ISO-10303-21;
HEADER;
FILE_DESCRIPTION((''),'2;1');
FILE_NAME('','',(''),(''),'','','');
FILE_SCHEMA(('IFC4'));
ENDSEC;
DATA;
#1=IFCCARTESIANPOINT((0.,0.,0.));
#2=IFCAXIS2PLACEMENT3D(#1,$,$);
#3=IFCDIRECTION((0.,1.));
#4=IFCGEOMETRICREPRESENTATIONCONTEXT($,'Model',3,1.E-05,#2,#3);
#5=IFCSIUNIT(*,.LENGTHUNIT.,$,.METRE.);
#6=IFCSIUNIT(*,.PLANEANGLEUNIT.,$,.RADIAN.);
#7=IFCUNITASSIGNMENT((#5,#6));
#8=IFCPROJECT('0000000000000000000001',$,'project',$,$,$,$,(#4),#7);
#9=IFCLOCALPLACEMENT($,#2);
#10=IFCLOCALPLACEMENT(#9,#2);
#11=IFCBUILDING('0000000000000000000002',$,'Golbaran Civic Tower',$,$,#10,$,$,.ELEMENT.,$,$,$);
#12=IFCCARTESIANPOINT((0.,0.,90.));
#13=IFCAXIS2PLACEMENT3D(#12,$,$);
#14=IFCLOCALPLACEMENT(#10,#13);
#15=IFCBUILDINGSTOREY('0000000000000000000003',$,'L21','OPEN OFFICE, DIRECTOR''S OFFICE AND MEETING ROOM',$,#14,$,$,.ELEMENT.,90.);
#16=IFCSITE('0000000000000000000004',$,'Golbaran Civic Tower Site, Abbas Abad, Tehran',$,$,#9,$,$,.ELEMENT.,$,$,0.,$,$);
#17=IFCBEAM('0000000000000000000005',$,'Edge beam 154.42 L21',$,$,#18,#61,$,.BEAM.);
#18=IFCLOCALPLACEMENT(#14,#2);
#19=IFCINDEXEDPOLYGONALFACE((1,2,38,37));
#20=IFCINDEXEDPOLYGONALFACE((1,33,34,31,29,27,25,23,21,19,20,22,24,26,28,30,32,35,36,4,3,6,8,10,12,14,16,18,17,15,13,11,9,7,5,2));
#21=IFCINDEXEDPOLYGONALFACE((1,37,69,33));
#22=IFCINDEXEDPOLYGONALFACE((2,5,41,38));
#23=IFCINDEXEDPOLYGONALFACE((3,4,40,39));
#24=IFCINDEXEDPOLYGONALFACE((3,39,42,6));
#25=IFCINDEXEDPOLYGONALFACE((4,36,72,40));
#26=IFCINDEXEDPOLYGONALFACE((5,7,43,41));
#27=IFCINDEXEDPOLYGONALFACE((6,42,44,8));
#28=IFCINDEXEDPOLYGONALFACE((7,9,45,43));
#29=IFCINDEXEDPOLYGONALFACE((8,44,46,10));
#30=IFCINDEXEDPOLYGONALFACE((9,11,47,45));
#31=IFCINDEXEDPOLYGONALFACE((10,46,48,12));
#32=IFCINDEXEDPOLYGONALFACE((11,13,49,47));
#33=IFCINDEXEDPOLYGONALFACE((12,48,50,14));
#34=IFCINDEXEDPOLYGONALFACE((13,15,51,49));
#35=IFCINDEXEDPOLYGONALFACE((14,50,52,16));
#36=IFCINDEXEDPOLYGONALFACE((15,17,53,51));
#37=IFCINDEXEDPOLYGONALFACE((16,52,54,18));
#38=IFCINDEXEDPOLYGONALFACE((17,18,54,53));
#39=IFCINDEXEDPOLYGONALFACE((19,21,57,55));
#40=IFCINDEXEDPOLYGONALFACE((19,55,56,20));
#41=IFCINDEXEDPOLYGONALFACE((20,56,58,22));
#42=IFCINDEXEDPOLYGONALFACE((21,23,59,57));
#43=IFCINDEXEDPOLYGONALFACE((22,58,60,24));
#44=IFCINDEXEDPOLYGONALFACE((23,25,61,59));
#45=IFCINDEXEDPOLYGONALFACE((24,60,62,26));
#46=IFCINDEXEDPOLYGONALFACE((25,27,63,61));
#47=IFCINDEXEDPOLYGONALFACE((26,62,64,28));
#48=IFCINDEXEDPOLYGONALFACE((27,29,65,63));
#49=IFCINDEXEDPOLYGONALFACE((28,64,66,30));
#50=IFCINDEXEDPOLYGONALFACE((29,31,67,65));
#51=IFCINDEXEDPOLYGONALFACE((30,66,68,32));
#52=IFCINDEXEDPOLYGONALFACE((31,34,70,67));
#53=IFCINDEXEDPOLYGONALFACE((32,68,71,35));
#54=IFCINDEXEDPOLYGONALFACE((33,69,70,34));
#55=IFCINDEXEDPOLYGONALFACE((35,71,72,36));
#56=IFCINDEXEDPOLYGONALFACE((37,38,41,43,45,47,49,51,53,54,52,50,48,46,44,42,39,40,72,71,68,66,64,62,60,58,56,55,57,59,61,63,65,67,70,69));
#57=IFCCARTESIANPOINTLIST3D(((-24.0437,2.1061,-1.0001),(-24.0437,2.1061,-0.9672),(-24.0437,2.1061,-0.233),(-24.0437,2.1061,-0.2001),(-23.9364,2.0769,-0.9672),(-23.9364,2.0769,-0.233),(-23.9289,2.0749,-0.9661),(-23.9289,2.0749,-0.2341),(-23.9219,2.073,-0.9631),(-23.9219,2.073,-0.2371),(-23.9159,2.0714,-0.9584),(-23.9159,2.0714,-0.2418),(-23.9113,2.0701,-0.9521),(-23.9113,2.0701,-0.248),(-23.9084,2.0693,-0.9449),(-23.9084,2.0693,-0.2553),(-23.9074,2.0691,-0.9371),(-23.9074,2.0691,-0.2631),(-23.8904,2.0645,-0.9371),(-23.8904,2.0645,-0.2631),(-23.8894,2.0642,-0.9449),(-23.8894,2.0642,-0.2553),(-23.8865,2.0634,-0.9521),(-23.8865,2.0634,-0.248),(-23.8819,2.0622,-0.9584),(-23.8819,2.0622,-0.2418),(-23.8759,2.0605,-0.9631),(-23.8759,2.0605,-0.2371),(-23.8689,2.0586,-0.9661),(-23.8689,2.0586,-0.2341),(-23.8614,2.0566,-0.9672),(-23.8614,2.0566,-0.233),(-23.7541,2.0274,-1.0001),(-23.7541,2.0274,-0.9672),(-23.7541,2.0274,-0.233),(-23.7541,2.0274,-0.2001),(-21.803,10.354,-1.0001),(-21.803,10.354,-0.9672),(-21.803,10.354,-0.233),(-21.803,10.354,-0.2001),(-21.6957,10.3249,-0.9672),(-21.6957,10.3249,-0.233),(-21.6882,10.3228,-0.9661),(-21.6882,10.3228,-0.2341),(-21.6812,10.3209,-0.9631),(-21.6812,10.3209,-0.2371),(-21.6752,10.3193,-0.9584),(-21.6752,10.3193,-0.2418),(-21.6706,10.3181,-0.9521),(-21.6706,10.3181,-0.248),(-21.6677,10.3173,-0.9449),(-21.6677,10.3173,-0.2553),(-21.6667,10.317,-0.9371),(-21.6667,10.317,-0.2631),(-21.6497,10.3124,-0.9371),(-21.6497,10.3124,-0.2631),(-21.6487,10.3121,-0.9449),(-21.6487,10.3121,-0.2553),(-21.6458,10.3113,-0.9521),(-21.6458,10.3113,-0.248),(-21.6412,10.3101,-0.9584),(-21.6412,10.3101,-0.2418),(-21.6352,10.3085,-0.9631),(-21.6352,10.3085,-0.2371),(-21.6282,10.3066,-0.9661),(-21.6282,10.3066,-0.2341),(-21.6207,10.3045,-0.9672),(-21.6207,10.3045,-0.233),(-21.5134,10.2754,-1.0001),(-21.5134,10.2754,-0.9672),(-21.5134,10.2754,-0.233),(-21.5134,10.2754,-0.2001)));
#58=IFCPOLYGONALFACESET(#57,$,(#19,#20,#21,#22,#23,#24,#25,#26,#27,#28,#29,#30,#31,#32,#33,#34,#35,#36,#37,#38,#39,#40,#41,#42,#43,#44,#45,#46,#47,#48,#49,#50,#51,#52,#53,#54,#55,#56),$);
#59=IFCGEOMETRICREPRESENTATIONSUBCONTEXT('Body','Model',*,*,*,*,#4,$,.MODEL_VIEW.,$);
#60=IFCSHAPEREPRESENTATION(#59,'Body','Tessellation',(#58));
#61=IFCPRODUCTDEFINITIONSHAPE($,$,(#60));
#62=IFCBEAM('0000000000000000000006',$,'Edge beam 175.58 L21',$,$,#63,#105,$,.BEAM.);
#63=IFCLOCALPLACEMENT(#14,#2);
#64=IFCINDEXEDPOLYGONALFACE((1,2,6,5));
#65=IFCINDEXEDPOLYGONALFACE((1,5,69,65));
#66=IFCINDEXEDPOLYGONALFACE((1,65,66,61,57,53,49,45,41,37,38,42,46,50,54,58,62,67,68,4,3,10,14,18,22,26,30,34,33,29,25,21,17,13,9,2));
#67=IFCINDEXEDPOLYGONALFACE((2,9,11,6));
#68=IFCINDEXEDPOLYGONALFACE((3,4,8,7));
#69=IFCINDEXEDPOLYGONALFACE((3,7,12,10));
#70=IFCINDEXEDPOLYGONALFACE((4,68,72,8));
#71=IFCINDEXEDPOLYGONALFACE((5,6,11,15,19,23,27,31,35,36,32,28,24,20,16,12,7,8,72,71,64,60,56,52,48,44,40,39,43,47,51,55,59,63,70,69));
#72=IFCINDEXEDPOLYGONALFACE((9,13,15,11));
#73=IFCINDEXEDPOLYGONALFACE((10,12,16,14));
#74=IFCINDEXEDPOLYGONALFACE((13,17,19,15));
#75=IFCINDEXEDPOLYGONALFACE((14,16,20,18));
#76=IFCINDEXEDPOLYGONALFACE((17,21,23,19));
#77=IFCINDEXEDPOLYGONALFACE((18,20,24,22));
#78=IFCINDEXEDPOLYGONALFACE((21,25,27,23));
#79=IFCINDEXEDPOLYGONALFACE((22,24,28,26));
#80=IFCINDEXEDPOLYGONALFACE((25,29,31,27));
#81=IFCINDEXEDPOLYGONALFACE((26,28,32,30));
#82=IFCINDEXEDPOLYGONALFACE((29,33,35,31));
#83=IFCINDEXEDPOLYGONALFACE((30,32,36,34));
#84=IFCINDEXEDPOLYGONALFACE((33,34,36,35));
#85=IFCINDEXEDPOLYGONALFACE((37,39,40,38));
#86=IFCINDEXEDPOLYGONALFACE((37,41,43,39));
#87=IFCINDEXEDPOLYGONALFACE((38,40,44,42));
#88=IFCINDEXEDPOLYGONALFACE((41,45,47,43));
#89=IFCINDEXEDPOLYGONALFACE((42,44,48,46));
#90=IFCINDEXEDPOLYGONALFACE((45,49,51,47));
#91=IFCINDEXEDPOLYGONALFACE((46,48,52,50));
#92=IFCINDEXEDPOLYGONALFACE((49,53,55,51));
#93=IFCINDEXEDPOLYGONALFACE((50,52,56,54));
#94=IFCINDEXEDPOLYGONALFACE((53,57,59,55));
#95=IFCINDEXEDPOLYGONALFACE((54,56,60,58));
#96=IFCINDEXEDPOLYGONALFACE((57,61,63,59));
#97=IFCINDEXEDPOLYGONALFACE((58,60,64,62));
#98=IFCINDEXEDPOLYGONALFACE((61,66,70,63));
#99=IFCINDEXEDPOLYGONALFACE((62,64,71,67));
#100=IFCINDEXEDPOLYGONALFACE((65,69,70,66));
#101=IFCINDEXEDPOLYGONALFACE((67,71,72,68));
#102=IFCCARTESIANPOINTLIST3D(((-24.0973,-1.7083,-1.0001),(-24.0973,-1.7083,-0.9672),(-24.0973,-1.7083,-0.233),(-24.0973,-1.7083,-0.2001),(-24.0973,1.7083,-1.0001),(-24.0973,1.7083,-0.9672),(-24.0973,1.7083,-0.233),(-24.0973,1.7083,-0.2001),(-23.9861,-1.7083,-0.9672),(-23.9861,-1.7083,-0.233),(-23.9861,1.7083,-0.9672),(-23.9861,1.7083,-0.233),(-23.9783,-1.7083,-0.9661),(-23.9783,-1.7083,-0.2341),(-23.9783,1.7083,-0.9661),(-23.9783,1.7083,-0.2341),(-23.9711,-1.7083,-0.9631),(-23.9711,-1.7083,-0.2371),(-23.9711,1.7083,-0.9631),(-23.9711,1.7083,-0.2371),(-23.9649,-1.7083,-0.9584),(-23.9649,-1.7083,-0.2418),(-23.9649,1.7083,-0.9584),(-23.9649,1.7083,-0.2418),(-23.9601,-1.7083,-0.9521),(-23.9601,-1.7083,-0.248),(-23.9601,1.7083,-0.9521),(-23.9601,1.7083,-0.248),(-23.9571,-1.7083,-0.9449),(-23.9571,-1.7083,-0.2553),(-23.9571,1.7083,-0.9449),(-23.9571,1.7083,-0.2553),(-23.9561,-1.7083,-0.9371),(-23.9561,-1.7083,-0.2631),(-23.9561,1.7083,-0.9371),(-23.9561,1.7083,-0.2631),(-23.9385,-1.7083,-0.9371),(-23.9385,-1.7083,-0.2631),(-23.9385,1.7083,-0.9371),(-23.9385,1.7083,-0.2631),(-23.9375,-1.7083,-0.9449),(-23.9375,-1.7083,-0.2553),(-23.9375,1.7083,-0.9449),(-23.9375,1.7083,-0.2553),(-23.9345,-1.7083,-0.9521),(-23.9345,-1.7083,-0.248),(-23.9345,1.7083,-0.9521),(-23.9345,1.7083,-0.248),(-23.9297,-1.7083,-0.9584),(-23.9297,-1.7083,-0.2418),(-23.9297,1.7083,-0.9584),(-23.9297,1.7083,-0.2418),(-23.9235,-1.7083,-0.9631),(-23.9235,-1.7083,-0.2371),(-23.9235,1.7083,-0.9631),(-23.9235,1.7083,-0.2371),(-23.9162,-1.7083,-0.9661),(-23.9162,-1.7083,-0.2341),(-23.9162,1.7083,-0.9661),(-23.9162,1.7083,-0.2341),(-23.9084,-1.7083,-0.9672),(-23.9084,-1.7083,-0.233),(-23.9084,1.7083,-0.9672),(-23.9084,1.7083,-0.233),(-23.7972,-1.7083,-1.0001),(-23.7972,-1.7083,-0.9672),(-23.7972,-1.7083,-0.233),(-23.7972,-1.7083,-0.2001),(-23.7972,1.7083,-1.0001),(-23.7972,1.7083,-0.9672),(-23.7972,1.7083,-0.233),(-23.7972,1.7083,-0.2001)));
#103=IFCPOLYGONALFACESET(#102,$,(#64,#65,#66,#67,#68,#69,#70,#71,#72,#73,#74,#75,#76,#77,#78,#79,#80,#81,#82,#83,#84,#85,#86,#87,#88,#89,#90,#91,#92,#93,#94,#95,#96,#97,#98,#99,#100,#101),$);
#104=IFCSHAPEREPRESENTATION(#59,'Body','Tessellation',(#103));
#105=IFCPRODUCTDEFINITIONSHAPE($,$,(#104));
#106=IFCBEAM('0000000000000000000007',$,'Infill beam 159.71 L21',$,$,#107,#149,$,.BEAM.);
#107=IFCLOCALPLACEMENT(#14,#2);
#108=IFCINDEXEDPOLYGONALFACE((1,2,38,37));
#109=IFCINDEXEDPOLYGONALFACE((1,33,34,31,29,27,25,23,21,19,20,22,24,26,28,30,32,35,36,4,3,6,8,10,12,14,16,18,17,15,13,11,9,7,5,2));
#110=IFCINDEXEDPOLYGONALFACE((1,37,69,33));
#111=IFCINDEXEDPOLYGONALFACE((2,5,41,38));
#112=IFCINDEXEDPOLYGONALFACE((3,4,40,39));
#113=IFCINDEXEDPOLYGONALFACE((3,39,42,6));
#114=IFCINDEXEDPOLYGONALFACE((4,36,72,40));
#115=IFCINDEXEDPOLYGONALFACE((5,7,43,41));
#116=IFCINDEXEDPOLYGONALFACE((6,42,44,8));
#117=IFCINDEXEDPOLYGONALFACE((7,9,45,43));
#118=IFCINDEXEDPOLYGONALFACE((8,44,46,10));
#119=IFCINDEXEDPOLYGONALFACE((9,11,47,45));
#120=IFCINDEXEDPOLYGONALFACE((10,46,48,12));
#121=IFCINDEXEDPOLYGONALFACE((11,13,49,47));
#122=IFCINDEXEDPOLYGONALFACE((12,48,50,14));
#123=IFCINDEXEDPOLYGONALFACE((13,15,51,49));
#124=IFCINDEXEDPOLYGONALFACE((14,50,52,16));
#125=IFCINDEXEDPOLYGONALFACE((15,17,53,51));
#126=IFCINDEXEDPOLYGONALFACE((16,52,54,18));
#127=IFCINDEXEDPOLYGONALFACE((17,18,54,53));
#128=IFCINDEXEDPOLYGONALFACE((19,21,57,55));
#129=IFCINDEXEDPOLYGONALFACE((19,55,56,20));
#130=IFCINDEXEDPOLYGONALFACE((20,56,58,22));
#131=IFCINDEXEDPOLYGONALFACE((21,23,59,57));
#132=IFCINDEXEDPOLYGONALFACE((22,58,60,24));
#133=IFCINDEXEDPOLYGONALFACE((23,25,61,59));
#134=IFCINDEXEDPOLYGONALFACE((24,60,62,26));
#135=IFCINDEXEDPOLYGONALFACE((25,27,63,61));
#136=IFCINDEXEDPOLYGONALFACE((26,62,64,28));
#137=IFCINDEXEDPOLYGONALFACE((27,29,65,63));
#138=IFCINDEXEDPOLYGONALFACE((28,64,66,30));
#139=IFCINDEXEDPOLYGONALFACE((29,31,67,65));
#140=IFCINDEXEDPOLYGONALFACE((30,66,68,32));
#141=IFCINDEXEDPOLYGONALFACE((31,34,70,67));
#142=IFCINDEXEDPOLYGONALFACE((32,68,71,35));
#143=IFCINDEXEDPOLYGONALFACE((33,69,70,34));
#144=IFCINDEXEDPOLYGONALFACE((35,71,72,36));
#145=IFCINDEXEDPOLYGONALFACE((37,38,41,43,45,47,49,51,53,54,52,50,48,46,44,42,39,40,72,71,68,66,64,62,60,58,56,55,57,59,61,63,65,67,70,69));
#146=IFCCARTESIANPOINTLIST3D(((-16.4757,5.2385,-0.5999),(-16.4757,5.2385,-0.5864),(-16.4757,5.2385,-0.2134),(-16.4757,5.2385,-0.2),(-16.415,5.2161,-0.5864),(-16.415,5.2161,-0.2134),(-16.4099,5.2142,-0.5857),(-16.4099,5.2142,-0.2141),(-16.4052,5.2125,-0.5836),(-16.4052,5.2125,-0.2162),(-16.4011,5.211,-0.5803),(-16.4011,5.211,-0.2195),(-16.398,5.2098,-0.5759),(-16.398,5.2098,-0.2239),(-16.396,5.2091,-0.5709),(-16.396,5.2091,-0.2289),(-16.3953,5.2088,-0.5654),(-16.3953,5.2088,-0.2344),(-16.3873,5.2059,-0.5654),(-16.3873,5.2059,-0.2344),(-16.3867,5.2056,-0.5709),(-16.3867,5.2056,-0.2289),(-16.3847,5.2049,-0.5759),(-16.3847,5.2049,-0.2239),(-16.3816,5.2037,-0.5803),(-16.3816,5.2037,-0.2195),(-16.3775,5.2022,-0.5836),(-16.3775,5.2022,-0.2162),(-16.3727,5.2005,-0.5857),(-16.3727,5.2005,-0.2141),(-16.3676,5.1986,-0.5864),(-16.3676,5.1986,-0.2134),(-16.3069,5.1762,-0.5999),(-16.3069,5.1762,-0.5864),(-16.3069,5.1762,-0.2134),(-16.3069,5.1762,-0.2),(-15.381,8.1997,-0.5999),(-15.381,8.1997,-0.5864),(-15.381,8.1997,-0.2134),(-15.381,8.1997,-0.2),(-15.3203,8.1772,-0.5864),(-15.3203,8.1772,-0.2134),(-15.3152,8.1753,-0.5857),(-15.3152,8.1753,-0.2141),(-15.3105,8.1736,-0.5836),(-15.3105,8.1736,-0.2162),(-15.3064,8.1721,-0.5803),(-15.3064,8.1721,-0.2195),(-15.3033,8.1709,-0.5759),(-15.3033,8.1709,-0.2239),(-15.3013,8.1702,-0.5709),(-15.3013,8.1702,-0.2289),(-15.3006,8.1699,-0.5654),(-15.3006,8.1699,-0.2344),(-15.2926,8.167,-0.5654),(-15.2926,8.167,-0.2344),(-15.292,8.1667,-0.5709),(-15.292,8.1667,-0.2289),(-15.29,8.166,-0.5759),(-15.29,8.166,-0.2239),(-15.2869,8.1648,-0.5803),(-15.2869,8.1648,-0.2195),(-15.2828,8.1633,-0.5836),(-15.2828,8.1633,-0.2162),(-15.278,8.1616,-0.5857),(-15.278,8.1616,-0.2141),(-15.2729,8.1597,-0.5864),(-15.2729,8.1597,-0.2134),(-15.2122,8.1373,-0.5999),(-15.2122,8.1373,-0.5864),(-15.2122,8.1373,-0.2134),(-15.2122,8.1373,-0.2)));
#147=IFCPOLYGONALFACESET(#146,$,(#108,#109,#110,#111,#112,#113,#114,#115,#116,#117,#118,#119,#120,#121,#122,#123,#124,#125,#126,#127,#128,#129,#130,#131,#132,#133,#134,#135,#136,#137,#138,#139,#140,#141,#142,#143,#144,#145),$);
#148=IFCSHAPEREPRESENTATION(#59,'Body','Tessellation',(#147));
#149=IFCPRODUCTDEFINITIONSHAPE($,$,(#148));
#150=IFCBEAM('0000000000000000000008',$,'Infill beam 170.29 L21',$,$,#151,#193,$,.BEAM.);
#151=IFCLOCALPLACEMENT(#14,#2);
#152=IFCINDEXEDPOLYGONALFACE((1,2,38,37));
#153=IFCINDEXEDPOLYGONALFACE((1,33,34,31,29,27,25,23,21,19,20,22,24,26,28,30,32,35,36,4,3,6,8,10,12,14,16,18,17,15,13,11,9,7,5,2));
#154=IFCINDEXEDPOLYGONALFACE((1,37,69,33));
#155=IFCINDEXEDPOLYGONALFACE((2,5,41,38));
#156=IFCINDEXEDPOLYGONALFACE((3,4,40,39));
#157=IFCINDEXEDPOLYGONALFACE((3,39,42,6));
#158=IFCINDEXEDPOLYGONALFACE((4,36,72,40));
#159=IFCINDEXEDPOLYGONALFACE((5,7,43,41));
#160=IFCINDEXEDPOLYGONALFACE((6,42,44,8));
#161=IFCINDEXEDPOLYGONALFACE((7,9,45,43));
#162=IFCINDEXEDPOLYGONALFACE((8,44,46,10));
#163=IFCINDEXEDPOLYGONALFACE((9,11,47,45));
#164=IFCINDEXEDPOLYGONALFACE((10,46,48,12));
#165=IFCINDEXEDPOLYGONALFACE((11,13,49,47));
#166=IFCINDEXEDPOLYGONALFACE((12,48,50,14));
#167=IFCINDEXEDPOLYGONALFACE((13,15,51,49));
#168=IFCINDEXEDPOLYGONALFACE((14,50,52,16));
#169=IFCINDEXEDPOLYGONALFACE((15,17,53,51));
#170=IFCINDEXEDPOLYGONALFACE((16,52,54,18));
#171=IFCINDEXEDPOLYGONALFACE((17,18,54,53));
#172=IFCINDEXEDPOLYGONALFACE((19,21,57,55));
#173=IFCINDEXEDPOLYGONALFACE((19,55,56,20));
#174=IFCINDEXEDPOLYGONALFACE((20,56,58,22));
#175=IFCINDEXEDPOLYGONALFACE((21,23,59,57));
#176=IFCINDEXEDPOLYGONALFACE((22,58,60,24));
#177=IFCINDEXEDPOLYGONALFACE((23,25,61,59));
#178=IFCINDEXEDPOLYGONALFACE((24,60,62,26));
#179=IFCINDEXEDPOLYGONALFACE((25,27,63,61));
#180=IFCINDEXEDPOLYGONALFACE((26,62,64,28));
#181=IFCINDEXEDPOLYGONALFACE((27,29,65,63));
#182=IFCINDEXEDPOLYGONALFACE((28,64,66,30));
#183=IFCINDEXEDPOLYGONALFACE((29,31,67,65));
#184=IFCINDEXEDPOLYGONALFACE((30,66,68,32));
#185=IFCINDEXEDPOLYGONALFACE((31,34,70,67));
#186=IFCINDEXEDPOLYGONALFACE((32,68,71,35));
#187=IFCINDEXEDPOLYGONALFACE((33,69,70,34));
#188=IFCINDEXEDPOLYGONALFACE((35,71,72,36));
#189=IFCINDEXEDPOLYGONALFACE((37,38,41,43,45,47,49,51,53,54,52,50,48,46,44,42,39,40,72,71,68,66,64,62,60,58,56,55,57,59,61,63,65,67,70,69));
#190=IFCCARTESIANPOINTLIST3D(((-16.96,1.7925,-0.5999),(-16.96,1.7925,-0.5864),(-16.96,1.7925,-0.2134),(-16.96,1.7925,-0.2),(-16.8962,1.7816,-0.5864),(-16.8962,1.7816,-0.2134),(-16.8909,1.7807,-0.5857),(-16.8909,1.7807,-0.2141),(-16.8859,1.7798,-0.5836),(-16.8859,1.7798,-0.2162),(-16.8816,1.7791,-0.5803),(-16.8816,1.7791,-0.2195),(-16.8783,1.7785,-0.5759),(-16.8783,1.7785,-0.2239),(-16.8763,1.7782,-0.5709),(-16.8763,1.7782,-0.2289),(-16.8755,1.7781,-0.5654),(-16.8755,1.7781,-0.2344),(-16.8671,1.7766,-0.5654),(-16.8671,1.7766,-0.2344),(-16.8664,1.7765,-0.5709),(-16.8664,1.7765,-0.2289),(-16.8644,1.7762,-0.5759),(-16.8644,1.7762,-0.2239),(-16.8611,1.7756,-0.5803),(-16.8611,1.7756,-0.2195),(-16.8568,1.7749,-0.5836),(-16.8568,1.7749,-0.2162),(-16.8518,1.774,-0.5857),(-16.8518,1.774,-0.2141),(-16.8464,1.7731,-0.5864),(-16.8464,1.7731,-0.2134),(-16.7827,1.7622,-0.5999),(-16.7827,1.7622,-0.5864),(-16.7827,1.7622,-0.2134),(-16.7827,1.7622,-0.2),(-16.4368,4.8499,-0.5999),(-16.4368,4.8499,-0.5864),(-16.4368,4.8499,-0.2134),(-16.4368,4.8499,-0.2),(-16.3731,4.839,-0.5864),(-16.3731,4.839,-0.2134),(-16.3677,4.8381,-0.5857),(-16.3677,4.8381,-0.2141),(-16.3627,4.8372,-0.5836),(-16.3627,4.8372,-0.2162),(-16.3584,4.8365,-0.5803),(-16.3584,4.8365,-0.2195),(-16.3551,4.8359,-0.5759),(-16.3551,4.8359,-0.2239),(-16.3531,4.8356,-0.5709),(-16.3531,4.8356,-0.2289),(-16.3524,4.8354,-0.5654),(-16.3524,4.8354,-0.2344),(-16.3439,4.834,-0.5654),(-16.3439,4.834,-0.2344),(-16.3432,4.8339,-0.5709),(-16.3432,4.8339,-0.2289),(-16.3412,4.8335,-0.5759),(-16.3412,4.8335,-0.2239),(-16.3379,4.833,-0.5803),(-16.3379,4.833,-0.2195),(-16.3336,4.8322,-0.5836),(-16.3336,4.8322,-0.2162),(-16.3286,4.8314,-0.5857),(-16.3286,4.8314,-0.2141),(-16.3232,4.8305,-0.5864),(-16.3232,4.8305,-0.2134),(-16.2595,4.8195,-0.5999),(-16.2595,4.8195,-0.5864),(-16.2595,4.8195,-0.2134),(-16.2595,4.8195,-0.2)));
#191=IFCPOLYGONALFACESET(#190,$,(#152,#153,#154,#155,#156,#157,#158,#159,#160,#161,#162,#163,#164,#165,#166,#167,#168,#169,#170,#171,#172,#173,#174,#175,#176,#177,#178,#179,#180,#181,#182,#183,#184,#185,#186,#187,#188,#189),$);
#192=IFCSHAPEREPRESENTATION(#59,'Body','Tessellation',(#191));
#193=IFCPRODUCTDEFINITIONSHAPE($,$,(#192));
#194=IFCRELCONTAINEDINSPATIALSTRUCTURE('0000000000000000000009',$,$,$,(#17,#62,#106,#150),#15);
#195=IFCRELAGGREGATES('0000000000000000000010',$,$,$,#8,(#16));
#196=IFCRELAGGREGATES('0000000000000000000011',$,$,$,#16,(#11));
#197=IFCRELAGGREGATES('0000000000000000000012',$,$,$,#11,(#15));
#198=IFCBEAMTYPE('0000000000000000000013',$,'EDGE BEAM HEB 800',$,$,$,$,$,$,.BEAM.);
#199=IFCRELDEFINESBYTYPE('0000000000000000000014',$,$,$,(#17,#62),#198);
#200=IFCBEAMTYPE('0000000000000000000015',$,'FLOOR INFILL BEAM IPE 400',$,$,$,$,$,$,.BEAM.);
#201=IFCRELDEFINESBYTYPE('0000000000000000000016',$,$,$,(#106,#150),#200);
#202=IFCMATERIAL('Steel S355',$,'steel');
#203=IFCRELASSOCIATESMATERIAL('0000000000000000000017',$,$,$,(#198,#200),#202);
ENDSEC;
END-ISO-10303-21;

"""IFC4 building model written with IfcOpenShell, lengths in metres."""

from ifc_helpers import new_model, si_unit, direction, frame, origin, origin_2d, place, context, subcontext, project, spatial, i_section, extrude, material, material_profile, profile_set, type_object, element, save


model = new_model("IFC4")

# Units and contexts
model_context = context("Model", 3, precision=1e-05, world=origin(), true_north=direction((0.0, 1.0)))
body_context = subcontext(model_context, "Body", "Model", "MODEL_VIEW")
ifc_project = project(units=[si_unit("LENGTHUNIT", "METRE"), si_unit("PLANEANGLEUNIT", "RADIAN")], contexts=[model_context])

# Site, building, storey
site_placement = place(None, origin())
site = spatial("IfcSite", under=ifc_project, at=site_placement, Name="Golbaran Civic Tower Site, Abbas Abad, Tehran", CompositionType="ELEMENT", RefElevation=0.0)
building_placement = place(site_placement, origin())
building = spatial("IfcBuilding", under=site, at=building_placement, Name="Golbaran Civic Tower", CompositionType="ELEMENT")
storey_placement = place(building_placement, frame((0.0, 0.0, 90.0)))
storey = spatial("IfcBuildingStorey", under=building, at=storey_placement, Name="L21", Description="OPEN OFFICE, DIRECTOR'S OFFICE AND MEETING ROOM", CompositionType="ELEMENT", Elevation=90.0)

# Beams
ifc_material_1 = material(Name="Steel S355", Category="steel")
ifc_material_profile_1 = material_profile(ifc_material_1, i_section(OverallWidth=0.3, OverallDepth=0.8, WebThickness=0.0176, FlangeThickness=0.033, FilletRadius=0.03, at=origin_2d()), Name="HEB 800")
ifc_profile_set_1 = profile_set([ifc_material_profile_1], Name="Steel S355")
beam_type_1 = type_object("IfcBeamType", Name="EDGE BEAM HEB 800", PredefinedType="BEAM", material=ifc_profile_set_1)
beam_1_placement = place(storey_placement, frame((-21.6582, 10.3147, -0.6001), z_axis=(-0.262165, -0.965023, 0.0), x_axis=(0.965023, -0.262165, 0.0)))
element("IfcBeam", 1, at=beam_1_placement, inside=storey, type_object=beam_type_1, Name="Edge beam 154.42 L21", PredefinedType="BEAM", context=body_context, shape_type="SweptSolid", body=[
    extrude(i_section(OverallWidth=0.3, OverallDepth=0.8, WebThickness=0.0176, FlangeThickness=0.033, FilletRadius=0.03, at=origin_2d()), origin(), (0.0, 0.0, 1.0), 8.5469),
])
beam_2_placement = place(storey_placement, frame((-23.9473, 1.7083, -0.6001), z_axis=(0.0, -1.0, 0.0), x_axis=(1.0, 0.0, 0.0)))
element("IfcBeam", 2, at=beam_2_placement, inside=storey, type_object=beam_type_1, Name="Edge beam 175.58 L21", PredefinedType="BEAM", context=body_context, shape_type="SweptSolid", body=[
    extrude(i_section(OverallWidth=0.3, OverallDepth=0.8, WebThickness=0.0176, FlangeThickness=0.033, FilletRadius=0.03, at=origin_2d()), origin(), (0.0, 0.0, 1.0), 3.4165),
])
ifc_material_profile_2 = material_profile(ifc_material_1, i_section(OverallWidth=0.1799, OverallDepth=0.3999, WebThickness=0.0085, FlangeThickness=0.0134, FilletRadius=0.021, at=origin_2d()), Name="IPE 400")
ifc_profile_set_2 = profile_set([ifc_material_profile_2], Name="Steel S355")
beam_type_2 = type_object("IfcBeamType", Name="FLOOR INFILL BEAM IPE 400", PredefinedType="BEAM", material=ifc_profile_set_2)
beam_3_placement = place(storey_placement, frame((-15.2966, 8.1685, -0.3999), z_axis=(-0.346755, -0.937956, 0.0), x_axis=(0.937956, -0.346755, 0.0)))
element("IfcBeam", 3, at=beam_3_placement, inside=storey, type_object=beam_type_2, Name="Infill beam 159.71 L21", PredefinedType="BEAM", context=body_context, shape_type="SweptSolid", body=[
    extrude(i_section(OverallWidth=0.1799, OverallDepth=0.3999, WebThickness=0.0085, FlangeThickness=0.0134, FilletRadius=0.021, at=origin_2d()), origin(), (0.0, 0.0, 1.0), 3.157),
])
beam_4_placement = place(storey_placement, frame((-16.3481, 4.8347, -0.3999), z_axis=(-0.168673, -0.985672, 0.0), x_axis=(0.985672, -0.168673, 0.0)))
element("IfcBeam", 4, at=beam_4_placement, inside=storey, type_object=beam_type_2, Name="Infill beam 170.29 L21", PredefinedType="BEAM", context=body_context, shape_type="SweptSolid", body=[
    extrude(i_section(OverallWidth=0.1799, OverallDepth=0.3999, WebThickness=0.0085, FlangeThickness=0.0134, FilletRadius=0.021, at=origin_2d()), origin(), (0.0, 0.0, 1.0), 3.1018),
])

save(model, "model.ifc")
